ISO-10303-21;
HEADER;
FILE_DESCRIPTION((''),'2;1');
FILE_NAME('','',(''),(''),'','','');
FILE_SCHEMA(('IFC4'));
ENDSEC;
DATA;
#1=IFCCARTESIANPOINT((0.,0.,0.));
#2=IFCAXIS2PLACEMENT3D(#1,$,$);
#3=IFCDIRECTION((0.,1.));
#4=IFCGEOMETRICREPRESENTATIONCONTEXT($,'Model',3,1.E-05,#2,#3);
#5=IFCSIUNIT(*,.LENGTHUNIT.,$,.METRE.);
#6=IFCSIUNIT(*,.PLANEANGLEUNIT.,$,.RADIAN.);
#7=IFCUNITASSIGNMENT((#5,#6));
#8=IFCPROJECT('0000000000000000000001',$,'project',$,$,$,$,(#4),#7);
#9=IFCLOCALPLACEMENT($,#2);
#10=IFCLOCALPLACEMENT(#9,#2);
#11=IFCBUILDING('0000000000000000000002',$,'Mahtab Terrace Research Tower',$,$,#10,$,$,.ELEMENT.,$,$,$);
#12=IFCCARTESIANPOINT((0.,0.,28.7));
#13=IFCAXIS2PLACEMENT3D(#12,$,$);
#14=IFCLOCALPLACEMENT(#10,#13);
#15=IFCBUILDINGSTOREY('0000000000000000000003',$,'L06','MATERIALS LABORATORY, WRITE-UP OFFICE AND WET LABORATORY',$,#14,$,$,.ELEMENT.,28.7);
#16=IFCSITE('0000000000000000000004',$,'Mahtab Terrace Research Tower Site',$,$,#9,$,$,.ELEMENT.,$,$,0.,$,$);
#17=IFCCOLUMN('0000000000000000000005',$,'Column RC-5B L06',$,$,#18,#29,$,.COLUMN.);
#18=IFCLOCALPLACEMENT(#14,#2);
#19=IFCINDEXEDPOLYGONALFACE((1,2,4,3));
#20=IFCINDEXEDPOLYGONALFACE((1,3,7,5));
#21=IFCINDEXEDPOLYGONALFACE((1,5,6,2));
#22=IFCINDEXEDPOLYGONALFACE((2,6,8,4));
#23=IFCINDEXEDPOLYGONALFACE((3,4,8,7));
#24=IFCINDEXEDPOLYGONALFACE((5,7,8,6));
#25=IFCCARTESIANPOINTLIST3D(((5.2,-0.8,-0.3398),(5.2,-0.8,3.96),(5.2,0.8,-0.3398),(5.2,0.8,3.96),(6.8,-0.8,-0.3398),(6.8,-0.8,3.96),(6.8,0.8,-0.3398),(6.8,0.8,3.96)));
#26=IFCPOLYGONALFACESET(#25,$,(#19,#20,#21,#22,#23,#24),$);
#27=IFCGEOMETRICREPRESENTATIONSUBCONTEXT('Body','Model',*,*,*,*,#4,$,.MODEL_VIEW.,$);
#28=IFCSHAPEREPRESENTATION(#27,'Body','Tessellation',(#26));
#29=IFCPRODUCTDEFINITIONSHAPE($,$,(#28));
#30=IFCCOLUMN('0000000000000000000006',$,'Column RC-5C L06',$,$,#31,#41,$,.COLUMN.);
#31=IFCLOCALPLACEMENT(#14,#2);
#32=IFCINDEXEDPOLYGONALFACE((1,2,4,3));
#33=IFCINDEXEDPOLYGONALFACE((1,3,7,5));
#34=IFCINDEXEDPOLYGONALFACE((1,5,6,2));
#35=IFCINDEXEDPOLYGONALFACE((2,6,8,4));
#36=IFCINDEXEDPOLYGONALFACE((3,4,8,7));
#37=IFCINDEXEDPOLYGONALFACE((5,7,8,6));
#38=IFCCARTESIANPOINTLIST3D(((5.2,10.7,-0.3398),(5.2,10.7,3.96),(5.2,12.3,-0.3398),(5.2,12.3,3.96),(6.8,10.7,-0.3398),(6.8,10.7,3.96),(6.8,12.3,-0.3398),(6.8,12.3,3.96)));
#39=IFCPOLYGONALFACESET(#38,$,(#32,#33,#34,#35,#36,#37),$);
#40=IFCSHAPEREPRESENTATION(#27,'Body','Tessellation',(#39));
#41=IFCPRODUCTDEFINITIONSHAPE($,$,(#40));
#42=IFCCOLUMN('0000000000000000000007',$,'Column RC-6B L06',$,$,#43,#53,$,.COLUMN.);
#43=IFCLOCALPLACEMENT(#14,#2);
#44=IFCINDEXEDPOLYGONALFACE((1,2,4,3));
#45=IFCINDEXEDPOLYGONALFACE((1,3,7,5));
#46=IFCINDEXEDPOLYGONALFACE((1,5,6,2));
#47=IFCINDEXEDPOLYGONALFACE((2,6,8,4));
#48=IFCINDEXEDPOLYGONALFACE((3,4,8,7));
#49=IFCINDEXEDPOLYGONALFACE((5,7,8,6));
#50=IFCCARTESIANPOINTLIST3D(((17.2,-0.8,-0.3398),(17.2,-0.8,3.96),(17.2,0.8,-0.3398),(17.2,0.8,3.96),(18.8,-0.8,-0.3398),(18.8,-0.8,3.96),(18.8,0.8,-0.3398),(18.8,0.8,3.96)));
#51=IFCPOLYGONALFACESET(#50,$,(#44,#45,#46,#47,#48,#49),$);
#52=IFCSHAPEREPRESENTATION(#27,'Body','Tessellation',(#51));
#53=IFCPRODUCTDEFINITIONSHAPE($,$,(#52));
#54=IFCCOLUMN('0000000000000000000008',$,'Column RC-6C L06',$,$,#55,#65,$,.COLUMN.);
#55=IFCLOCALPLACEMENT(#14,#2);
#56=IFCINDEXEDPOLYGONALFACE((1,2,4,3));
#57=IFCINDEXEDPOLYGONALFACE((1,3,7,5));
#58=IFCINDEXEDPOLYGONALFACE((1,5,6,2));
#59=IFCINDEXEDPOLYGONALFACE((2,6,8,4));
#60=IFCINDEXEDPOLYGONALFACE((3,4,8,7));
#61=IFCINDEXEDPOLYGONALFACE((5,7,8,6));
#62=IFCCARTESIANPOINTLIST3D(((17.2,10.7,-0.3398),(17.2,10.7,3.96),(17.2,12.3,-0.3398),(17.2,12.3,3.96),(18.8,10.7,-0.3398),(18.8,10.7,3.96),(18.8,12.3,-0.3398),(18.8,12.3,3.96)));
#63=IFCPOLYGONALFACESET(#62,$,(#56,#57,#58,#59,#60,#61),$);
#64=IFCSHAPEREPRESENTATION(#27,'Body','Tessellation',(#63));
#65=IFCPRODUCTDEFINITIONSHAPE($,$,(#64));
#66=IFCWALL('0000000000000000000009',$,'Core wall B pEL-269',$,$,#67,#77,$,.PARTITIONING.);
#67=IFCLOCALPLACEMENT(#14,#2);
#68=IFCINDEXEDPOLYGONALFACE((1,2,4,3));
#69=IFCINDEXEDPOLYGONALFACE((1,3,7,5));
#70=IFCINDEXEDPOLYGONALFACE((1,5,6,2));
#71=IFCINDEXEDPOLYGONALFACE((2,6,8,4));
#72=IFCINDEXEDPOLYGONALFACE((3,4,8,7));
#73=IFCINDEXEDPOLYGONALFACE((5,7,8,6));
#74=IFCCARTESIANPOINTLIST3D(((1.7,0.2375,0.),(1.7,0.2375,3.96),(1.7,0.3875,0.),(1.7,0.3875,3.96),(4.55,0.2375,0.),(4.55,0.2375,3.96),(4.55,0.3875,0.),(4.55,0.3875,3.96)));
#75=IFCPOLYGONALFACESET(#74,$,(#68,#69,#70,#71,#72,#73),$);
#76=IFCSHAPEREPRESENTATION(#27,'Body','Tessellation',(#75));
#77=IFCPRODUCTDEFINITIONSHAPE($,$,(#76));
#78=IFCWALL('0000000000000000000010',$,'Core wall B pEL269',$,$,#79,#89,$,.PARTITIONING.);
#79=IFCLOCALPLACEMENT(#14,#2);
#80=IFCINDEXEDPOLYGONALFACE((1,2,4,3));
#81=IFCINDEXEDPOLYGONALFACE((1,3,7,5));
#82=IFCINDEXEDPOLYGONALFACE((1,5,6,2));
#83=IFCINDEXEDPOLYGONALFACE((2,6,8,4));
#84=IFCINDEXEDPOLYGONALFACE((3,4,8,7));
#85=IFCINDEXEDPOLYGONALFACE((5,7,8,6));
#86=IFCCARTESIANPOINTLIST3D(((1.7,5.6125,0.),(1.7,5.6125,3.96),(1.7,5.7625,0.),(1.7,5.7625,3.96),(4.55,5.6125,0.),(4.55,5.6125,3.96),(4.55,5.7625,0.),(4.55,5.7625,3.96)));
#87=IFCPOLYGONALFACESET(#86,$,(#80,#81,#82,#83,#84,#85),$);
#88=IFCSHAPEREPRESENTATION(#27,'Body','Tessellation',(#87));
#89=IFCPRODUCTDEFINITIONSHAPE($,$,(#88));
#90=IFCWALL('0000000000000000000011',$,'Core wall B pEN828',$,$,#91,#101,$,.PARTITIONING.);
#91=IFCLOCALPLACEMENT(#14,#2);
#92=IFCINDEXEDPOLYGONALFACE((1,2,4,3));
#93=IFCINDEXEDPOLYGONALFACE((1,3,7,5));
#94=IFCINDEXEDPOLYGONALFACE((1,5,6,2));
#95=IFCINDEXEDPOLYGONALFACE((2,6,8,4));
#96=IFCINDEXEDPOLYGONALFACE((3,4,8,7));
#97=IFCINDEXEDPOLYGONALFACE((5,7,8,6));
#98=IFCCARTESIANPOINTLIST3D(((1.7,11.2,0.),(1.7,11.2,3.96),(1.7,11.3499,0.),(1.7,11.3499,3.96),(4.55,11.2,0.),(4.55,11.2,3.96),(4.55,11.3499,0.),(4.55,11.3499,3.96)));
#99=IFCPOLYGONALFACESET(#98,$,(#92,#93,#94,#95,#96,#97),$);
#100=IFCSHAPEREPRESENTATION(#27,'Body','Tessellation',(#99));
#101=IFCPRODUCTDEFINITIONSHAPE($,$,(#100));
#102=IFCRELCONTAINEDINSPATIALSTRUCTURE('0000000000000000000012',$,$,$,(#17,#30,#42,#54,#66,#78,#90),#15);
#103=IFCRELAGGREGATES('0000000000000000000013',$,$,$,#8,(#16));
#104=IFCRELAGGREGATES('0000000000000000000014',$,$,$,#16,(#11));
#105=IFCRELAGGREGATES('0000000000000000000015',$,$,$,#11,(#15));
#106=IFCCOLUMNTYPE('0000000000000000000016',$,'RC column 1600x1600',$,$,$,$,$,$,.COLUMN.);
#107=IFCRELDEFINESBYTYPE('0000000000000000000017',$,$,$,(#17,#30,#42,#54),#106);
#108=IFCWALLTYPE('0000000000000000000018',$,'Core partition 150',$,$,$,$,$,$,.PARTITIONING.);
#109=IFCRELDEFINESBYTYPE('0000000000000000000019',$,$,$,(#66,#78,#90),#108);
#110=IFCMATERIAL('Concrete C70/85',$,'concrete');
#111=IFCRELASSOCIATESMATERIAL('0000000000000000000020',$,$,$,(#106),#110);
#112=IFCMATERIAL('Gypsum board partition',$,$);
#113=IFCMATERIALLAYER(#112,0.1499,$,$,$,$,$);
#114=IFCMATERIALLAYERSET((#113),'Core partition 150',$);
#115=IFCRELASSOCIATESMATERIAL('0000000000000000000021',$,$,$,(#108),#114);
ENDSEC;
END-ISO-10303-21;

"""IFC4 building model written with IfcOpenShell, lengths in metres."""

from ifc_helpers import new_model, si_unit, direction, frame, frame_2d, origin, origin_2d, place, context, subcontext, project, spatial, rectangle, extrude, material, layer, layer_set, material_profile, profile_set, type_object, element, save


model = new_model("IFC4")

# Units and contexts
model_context = context("Model", 3, precision=1e-05, world=origin(), true_north=direction((0.0, 1.0)))
body_context = subcontext(model_context, "Body", "Model", "MODEL_VIEW")
ifc_project = project(units=[si_unit("LENGTHUNIT", "METRE"), si_unit("PLANEANGLEUNIT", "RADIAN")], contexts=[model_context])

# Site, building, storey
site_placement = place(None, origin())
site = spatial("IfcSite", under=ifc_project, at=site_placement, Name="Mahtab Terrace Research Tower Site", CompositionType="ELEMENT", RefElevation=0.0)
building_placement = place(site_placement, origin())
building = spatial("IfcBuilding", under=site, at=building_placement, Name="Mahtab Terrace Research Tower", CompositionType="ELEMENT")
storey_placement = place(building_placement, frame((0.0, 0.0, 28.7)))
storey = spatial("IfcBuildingStorey", under=building, at=storey_placement, Name="L06", Description="MATERIALS LABORATORY, WRITE-UP OFFICE AND WET LABORATORY", CompositionType="ELEMENT", Elevation=28.7)

# Columns
ifc_material_1 = material(Name="Concrete C70/85", Category="concrete")
ifc_material_profile = material_profile(ifc_material_1, rectangle(XDim=1.6001, YDim=1.6001, at=origin_2d()), Name="RC column 1600x1600")
ifc_profile_set = profile_set([ifc_material_profile], Name="Concrete C70/85")
column_type = type_object("IfcColumnType", Name="RC column 1600x1600", PredefinedType="COLUMN", material=ifc_profile_set)
for number, where, z_axis, x_axis, name in (
    (1, (6.0, 0.0, -0.3398), (0.0, 0.0, 1.0), (1.0, 0.0, 0.0), "Column RC-5B L06"),
    (2, (6.0, 11.5, -0.3398), (0.0, 0.0, 1.0), (1.0, 0.0, 0.0), "Column RC-5C L06"),
    (3, (18.0, 0.0, -0.3398), (0.0, 0.0, 1.0), (1.0, 0.0, 0.0), "Column RC-6B L06"),
    (4, (18.0, 11.5, -0.3398), (0.0, 0.0, 1.0), (1.0, 0.0, 0.0), "Column RC-6C L06"),
):
    element("IfcColumn", number, at=place(storey_placement, frame(where, z_axis=z_axis, x_axis=x_axis)), inside=storey, type_object=column_type, Name=name, PredefinedType="COLUMN", context=body_context, shape_type="SweptSolid", body=[
        extrude(rectangle(XDim=1.6001, YDim=1.6001, at=origin_2d()), origin(), (0.0, 0.0, 1.0), 4.2998),
    ])

# Walls
ifc_material_2 = material(Name="Gypsum board partition")
ifc_layer_1 = layer(ifc_material_2, 0.1499)
ifc_layer_set_1 = layer_set([ifc_layer_1], Name="Core partition 150")
wall_type_1 = type_object("IfcWallType", Name="Core partition 150", PredefinedType="PARTITIONING", material=ifc_layer_set_1)
for number, where, z_axis, x_axis, name in (
    (5, (1.7, 0.3125, 0.0), (0.0, 0.0, 1.0), (1.0, 0.0, 0.0), "Core wall B pEL-269"),
    (6, (1.7, 5.6875, 0.0), (0.0, 0.0, 1.0), (1.0, 0.0, 0.0), "Core wall B pEL269"),
    (7, (1.7, 11.2749, 0.0), (0.0, 0.0, 1.0), (1.0, 0.0, 0.0), "Core wall B pEN828"),
):
    element("IfcWall", number, at=place(storey_placement, frame(where, z_axis=z_axis, x_axis=x_axis)), inside=storey, type_object=wall_type_1, Name=name, PredefinedType="PARTITIONING", context=body_context, shape_type="SweptSolid", body=[
        extrude(rectangle(XDim=2.8501, YDim=0.1499, at=frame_2d((1.425, 0.0))), origin(), (0.0, 0.0, 1.0), 3.96),
    ])

save(model, "model.ifc")
